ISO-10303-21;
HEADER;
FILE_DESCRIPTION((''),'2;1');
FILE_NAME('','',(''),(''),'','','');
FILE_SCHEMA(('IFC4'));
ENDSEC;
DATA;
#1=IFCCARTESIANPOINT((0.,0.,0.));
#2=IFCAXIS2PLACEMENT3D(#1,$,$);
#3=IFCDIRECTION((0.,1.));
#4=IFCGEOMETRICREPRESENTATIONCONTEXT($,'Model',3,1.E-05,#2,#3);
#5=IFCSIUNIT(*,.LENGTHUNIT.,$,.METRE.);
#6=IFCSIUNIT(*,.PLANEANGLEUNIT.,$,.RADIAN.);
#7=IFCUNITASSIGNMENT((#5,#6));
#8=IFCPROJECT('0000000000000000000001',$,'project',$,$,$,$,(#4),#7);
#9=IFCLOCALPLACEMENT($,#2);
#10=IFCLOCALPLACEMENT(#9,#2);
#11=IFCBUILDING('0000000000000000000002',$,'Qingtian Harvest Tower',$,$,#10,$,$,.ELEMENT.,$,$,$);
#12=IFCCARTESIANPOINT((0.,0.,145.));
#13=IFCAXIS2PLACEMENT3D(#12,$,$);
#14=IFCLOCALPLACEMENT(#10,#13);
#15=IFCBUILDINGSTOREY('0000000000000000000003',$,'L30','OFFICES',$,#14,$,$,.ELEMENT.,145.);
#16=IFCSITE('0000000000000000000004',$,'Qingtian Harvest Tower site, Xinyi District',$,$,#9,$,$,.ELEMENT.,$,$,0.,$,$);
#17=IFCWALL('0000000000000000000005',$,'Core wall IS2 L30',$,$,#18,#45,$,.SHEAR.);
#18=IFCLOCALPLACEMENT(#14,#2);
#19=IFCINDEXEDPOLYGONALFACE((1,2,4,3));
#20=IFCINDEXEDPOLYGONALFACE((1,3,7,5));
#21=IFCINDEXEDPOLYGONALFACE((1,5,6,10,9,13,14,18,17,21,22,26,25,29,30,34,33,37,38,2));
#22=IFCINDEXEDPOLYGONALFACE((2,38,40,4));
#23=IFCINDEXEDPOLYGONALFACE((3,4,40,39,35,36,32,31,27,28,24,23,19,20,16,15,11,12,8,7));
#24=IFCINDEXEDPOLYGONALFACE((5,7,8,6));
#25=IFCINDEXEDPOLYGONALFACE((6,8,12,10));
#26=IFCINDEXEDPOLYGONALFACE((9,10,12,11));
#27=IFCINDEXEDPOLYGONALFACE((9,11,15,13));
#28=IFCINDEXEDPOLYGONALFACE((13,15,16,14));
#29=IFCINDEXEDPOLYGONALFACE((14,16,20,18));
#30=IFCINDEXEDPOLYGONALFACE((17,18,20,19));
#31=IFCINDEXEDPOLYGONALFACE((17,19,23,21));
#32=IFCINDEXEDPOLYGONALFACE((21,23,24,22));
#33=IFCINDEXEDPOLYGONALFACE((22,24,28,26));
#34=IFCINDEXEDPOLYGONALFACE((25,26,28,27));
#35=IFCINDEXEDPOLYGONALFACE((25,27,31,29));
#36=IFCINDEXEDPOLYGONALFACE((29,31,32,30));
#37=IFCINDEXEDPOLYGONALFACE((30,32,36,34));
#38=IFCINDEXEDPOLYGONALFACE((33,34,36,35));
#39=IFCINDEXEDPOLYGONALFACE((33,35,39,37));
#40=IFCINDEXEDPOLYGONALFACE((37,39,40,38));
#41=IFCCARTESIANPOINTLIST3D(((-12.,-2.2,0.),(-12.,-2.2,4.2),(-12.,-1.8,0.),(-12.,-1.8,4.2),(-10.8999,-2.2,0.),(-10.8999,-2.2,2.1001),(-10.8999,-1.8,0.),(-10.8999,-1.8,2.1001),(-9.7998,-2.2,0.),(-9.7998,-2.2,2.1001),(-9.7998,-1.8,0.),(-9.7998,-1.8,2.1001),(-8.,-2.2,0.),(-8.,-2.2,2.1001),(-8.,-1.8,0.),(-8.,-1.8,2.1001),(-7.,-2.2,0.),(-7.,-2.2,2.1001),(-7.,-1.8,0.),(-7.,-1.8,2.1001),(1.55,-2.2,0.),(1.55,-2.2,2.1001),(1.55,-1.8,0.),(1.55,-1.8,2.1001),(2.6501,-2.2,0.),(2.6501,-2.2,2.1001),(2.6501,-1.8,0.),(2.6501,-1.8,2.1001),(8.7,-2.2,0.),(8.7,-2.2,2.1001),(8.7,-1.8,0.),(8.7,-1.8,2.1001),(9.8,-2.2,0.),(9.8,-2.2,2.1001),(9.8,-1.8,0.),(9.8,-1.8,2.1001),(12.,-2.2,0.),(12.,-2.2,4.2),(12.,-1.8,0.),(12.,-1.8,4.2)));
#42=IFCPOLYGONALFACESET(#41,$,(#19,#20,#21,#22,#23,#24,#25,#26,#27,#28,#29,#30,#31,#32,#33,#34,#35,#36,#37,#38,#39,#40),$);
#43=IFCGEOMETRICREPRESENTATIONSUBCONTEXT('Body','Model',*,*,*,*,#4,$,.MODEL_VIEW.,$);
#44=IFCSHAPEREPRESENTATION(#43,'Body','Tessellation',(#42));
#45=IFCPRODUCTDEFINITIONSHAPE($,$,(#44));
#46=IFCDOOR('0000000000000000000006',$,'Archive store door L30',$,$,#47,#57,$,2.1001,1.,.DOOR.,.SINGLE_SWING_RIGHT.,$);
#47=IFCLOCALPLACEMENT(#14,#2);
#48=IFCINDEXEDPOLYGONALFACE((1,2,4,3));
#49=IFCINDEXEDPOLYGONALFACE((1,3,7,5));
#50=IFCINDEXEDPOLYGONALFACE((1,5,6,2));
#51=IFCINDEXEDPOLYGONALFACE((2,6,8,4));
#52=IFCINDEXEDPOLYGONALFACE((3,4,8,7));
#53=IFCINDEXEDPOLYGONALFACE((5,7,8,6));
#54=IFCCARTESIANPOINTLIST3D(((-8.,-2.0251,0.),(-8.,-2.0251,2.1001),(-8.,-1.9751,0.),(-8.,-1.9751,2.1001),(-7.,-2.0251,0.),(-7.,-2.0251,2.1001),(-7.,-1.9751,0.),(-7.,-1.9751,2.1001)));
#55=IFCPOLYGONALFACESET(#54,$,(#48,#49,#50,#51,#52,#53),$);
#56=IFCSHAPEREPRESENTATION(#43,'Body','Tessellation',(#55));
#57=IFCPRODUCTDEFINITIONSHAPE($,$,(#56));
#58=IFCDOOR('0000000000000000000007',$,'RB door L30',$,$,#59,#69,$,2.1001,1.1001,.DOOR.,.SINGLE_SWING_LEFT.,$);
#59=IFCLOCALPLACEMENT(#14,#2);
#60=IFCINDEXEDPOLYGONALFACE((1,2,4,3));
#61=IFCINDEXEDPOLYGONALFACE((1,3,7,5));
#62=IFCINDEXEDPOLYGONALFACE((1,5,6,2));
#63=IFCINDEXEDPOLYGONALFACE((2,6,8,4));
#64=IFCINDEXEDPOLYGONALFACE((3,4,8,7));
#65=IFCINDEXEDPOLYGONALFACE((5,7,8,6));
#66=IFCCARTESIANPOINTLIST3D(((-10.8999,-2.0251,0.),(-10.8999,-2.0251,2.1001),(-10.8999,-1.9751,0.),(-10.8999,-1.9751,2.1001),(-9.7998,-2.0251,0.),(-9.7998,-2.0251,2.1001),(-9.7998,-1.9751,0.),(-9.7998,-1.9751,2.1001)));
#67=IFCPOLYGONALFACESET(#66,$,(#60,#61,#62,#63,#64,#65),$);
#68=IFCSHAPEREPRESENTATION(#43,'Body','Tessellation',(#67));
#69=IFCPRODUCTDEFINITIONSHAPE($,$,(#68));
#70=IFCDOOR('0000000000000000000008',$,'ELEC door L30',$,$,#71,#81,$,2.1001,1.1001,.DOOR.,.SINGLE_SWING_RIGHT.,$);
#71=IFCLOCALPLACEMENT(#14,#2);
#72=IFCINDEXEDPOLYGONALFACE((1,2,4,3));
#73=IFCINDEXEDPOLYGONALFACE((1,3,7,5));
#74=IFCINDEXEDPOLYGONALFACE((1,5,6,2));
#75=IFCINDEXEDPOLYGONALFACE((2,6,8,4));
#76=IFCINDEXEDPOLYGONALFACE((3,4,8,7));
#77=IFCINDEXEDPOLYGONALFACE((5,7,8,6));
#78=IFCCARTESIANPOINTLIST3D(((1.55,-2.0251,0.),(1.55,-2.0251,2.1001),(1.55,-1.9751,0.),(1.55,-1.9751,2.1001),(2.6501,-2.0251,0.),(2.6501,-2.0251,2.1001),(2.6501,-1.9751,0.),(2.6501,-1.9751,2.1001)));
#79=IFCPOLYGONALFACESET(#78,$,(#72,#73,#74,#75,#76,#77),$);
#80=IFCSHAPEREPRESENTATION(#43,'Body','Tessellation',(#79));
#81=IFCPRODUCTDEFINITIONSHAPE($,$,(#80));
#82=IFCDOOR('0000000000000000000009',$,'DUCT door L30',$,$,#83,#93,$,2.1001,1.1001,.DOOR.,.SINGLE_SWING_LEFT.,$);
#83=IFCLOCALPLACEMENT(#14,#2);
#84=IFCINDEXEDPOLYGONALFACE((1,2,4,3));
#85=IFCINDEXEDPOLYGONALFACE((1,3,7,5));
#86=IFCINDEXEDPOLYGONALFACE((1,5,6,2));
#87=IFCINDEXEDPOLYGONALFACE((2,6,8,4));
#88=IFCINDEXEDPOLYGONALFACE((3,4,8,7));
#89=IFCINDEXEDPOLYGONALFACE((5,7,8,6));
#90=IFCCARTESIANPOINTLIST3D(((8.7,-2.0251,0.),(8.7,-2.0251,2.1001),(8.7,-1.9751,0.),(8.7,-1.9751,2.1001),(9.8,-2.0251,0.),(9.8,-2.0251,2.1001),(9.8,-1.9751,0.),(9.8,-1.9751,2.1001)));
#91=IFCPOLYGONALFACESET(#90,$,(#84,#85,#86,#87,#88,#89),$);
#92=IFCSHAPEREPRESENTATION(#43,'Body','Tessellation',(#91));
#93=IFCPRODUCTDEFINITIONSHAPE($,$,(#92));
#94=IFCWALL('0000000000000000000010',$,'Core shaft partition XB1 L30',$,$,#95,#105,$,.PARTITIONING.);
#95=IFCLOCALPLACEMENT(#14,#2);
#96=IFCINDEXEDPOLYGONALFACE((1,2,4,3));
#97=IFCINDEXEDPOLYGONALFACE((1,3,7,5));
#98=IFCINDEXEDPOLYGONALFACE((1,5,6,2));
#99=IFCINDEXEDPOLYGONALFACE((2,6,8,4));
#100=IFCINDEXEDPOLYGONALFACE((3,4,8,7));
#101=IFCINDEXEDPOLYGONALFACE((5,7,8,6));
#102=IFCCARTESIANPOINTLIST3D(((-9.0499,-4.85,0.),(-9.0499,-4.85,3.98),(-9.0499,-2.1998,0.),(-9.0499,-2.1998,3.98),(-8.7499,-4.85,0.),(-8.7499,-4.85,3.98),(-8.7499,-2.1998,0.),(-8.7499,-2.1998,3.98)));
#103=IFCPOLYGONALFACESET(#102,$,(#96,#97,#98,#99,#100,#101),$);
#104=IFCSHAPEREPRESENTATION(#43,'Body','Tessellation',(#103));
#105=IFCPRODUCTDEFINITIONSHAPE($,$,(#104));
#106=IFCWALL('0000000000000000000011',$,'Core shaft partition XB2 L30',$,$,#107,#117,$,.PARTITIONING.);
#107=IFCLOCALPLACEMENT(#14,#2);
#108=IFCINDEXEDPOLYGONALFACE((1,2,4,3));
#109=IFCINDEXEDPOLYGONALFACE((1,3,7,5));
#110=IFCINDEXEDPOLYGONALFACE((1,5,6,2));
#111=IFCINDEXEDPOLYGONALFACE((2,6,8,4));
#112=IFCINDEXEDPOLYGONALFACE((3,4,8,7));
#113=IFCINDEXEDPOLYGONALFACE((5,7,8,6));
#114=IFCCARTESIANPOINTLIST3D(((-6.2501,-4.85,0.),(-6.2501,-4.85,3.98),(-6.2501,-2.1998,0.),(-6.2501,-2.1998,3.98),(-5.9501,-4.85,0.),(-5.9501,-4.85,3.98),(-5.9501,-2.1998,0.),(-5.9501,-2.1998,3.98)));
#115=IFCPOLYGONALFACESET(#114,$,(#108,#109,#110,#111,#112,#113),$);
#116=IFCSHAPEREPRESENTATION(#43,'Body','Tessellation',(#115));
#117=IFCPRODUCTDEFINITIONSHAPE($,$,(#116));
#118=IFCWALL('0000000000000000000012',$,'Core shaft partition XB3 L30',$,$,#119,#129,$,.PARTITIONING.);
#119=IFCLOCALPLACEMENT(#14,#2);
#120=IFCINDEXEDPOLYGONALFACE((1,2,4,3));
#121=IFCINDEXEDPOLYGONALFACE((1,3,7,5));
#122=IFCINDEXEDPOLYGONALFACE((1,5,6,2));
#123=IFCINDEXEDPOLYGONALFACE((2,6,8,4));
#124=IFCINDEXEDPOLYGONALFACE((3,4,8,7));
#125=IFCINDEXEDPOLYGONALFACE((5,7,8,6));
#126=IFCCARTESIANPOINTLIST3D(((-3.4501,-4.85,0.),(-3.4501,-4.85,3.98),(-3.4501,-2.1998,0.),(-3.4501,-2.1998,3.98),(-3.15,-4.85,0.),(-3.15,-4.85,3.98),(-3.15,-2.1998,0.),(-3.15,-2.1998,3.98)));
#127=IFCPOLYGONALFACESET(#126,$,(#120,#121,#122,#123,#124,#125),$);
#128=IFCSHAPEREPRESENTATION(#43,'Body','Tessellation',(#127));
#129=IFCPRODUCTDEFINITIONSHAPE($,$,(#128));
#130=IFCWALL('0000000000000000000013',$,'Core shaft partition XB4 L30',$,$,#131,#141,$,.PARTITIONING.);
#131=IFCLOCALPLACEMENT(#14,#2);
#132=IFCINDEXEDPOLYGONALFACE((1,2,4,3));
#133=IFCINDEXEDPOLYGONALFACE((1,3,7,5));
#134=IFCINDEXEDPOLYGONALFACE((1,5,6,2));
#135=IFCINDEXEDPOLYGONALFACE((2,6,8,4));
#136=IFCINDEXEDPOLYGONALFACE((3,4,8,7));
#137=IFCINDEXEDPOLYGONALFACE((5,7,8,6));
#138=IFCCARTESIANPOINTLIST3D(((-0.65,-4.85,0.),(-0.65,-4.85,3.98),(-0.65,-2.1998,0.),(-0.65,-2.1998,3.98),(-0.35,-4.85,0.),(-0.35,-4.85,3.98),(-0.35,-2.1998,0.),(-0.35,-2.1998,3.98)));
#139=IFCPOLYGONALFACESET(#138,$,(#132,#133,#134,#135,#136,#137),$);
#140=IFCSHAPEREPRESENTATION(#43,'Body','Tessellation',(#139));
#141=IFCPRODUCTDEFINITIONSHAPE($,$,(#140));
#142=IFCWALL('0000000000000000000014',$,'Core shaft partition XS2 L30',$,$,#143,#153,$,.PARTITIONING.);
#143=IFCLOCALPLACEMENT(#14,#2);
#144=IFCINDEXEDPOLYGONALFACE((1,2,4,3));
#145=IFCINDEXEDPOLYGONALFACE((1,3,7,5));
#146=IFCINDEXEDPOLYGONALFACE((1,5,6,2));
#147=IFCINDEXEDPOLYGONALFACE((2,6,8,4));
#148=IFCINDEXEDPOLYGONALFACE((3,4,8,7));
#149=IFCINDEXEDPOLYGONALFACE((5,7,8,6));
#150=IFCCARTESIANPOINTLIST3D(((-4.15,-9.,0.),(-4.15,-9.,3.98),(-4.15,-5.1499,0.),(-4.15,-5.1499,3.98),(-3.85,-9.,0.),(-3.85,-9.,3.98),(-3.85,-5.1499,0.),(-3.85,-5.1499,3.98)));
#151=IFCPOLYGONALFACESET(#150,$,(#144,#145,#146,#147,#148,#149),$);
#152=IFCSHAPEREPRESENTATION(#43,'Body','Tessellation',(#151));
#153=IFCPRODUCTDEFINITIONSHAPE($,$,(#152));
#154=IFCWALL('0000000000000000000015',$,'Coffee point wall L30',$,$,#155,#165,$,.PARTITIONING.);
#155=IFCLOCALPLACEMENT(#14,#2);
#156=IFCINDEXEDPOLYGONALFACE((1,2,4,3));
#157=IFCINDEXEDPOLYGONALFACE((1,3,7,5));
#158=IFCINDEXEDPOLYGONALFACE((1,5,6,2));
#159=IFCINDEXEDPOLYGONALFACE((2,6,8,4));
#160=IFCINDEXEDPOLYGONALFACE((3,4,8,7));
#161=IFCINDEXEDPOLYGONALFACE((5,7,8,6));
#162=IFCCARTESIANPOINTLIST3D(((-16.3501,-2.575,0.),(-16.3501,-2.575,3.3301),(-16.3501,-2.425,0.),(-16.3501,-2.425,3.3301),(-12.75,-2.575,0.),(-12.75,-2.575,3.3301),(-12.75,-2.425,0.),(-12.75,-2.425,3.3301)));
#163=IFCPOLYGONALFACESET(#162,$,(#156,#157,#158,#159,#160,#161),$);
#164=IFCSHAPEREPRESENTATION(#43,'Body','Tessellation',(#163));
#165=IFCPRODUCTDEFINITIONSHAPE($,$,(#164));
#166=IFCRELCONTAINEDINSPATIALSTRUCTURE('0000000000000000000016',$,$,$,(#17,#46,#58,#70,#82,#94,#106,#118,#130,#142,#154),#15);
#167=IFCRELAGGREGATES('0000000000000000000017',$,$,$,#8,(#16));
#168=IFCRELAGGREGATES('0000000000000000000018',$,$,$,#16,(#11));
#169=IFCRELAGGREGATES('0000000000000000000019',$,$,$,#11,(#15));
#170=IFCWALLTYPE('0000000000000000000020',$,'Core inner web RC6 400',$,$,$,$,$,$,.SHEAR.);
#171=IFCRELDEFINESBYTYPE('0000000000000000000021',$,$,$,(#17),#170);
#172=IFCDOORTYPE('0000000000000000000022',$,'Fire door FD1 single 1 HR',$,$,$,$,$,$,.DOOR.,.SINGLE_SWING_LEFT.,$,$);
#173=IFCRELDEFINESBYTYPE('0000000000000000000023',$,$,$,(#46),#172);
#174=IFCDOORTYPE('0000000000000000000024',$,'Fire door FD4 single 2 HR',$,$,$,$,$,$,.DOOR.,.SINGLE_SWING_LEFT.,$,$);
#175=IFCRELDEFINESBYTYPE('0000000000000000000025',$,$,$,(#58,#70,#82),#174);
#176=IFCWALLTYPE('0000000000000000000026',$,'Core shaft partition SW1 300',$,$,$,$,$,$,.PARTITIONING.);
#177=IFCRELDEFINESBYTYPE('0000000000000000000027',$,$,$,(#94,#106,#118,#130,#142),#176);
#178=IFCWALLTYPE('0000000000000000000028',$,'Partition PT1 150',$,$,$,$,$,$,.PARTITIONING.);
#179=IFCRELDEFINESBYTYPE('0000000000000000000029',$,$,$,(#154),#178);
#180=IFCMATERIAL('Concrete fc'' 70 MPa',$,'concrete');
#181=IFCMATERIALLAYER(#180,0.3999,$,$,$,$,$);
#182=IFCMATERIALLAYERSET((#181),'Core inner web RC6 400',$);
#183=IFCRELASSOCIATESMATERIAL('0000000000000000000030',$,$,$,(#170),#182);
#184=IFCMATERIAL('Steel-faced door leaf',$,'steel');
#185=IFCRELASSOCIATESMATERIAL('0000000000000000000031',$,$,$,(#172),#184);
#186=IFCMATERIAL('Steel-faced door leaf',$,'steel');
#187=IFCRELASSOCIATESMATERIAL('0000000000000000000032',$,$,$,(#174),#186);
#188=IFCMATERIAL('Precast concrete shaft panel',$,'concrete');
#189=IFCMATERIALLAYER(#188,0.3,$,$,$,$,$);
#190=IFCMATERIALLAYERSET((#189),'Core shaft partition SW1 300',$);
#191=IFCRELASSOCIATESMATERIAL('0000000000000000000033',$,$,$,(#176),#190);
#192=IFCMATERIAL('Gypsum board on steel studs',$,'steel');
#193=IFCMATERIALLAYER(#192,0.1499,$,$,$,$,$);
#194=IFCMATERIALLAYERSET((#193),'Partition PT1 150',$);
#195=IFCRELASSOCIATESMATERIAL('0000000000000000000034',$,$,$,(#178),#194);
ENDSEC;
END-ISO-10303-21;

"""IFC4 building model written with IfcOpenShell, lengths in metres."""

from ifc_helpers import new_model, si_unit, direction, frame, frame_2d, origin, place, context, subcontext, project, spatial, rectangle, extrude, material, layer, layer_set, type_object, element, fill, save


model = new_model("IFC4")

# Units and contexts
model_context = context("Model", 3, precision=1e-05, world=origin(), true_north=direction((0.0, 1.0)))
body_context = subcontext(model_context, "Body", "Model", "MODEL_VIEW")
ifc_project = project(units=[si_unit("LENGTHUNIT", "METRE"), si_unit("PLANEANGLEUNIT", "RADIAN")], contexts=[model_context])

# Site, building, storey
site_placement = place(None, origin())
site = spatial("IfcSite", under=ifc_project, at=site_placement, Name="Qingtian Harvest Tower site, Xinyi District", CompositionType="ELEMENT", RefElevation=0.0)
building_placement = place(site_placement, origin())
building = spatial("IfcBuilding", under=site, at=building_placement, Name="Qingtian Harvest Tower", CompositionType="ELEMENT")
storey_placement = place(building_placement, frame((0.0, 0.0, 145.0)))
storey = spatial("IfcBuildingStorey", under=building, at=storey_placement, Name="L30", Description="OFFICES", CompositionType="ELEMENT", Elevation=145.0)

# Wall, openings, doors
ifc_material_1 = material(Name="Concrete fc' 70 MPa", Category="concrete")
ifc_layer_1 = layer(ifc_material_1, 0.3999)
ifc_layer_set_1 = layer_set([ifc_layer_1], Name="Core inner web RC6 400")
wall_type_1 = type_object("IfcWallType", Name="Core inner web RC6 400", PredefinedType="SHEAR", material=ifc_layer_set_1)
wall_1_placement = place(storey_placement, frame((-12.0, -2.0, 0.0), z_axis=(0.0, 0.0, 1.0), x_axis=(1.0, 0.0, 0.0)))
wall_1 = element("IfcWall", 1, at=wall_1_placement, inside=storey, type_object=wall_type_1, Name="Core wall IS2 L30", PredefinedType="SHEAR", context=body_context, shape_type="SweptSolid", body=[
    extrude(rectangle(XDim=24.0, YDim=0.3999, at=frame_2d((12.0, 0.0))), origin(), (0.0, 0.0, 1.0), 4.2),
])
opening_1_placement = place(wall_1_placement, frame((1.1001, 0.0, 0.0)))
opening_1 = element("IfcOpeningElement", 2, at=opening_1_placement, cuts=wall_1, PredefinedType="OPENING", context=body_context, shape_type="SweptSolid", body=[
    extrude(rectangle(XDim=1.1001, YDim=2.1001, at=frame_2d((0.55, 1.05))), frame((0.0, 0.21, 0.0), z_axis=(0.0, -1.0, 0.0), x_axis=(1.0, 0.0, 0.0)), (0.0, 0.0, 1.0), 0.4199),
])
opening_2_placement = place(wall_1_placement, frame((13.55, 0.0, 0.0)))
opening_2 = element("IfcOpeningElement", 3, at=opening_2_placement, cuts=wall_1, PredefinedType="OPENING", context=body_context, shape_type="SweptSolid", body=[
    extrude(rectangle(XDim=1.1001, YDim=2.1001, at=frame_2d((0.55, 1.05))), frame((0.0, 0.21, 0.0), z_axis=(0.0, -1.0, 0.0), x_axis=(1.0, 0.0, 0.0)), (0.0, 0.0, 1.0), 0.4199),
])
opening_3_placement = place(wall_1_placement, frame((20.7, 0.0, 0.0)))
opening_3 = element("IfcOpeningElement", 4, at=opening_3_placement, cuts=wall_1, PredefinedType="OPENING", context=body_context, shape_type="SweptSolid", body=[
    extrude(rectangle(XDim=1.1001, YDim=2.1001, at=frame_2d((0.55, 1.05))), frame((0.0, 0.21, 0.0), z_axis=(0.0, -1.0, 0.0), x_axis=(1.0, 0.0, 0.0)), (0.0, 0.0, 1.0), 0.4199),
])
opening_4_placement = place(wall_1_placement, frame((4.0, 0.0, 0.0)))
opening_4 = element("IfcOpeningElement", 5, at=opening_4_placement, cuts=wall_1, PredefinedType="OPENING", context=body_context, shape_type="SweptSolid", body=[
    extrude(rectangle(XDim=1.0, YDim=2.1001, at=frame_2d((0.5, 1.05))), frame((0.0, 0.21, 0.0), z_axis=(0.0, -1.0, 0.0), x_axis=(1.0, 0.0, 0.0)), (0.0, 0.0, 1.0), 0.4199),
])
ifc_material_2 = material(Name="Steel-faced door leaf", Category="steel")
door_type_1 = type_object("IfcDoorType", Name="Fire door FD1 single 1 HR", OperationType="SINGLE_SWING_LEFT", PredefinedType="DOOR", material=ifc_material_2)
door_1_placement = place(opening_4_placement, origin())
door_1 = element("IfcDoor", 6, at=door_1_placement, inside=storey, type_object=door_type_1, Name="Archive store door L30", OperationType="SINGLE_SWING_RIGHT", OverallHeight=2.1001, OverallWidth=1.0, PredefinedType="DOOR", context=body_context, shape_type="SweptSolid", body=[
    extrude(rectangle(XDim=1.0, YDim=2.1001, at=frame_2d((0.5, 1.05))), frame((0.0, 0.0249, 0.0), z_axis=(0.0, -1.0, 0.0), x_axis=(1.0, 0.0, 0.0)), (0.0, 0.0, 1.0), 0.05),
])
fill(opening_4, door_1)
ifc_material_3 = material(Name="Steel-faced door leaf", Category="steel")
door_type_2 = type_object("IfcDoorType", Name="Fire door FD4 single 2 HR", OperationType="SINGLE_SWING_LEFT", PredefinedType="DOOR", material=ifc_material_3)
door_2_placement = place(opening_1_placement, origin())
door_2 = element("IfcDoor", 7, at=door_2_placement, inside=storey, type_object=door_type_2, Name="RB door L30", OperationType="SINGLE_SWING_LEFT", OverallHeight=2.1001, OverallWidth=1.1001, PredefinedType="DOOR", context=body_context, shape_type="SweptSolid", body=[
    extrude(rectangle(XDim=1.1001, YDim=2.1001, at=frame_2d((0.55, 1.05))), frame((0.0, 0.0249, 0.0), z_axis=(0.0, -1.0, 0.0), x_axis=(1.0, 0.0, 0.0)), (0.0, 0.0, 1.0), 0.05),
])
fill(opening_1, door_2)
door_3_placement = place(opening_2_placement, origin())
door_3 = element("IfcDoor", 8, at=door_3_placement, inside=storey, type_object=door_type_2, Name="ELEC door L30", OperationType="SINGLE_SWING_RIGHT", OverallHeight=2.1001, OverallWidth=1.1001, PredefinedType="DOOR", context=body_context, shape_type="SweptSolid", body=[
    extrude(rectangle(XDim=1.1001, YDim=2.1001, at=frame_2d((0.55, 1.05))), frame((0.0, 0.0249, 0.0), z_axis=(0.0, -1.0, 0.0), x_axis=(1.0, 0.0, 0.0)), (0.0, 0.0, 1.0), 0.05),
])
fill(opening_2, door_3)
door_4_placement = place(opening_3_placement, origin())
door_4 = element("IfcDoor", 9, at=door_4_placement, inside=storey, type_object=door_type_2, Name="DUCT door L30", OperationType="SINGLE_SWING_LEFT", OverallHeight=2.1001, OverallWidth=1.1001, PredefinedType="DOOR", context=body_context, shape_type="SweptSolid", body=[
    extrude(rectangle(XDim=1.1001, YDim=2.1001, at=frame_2d((0.55, 1.05))), frame((0.0, 0.0249, 0.0), z_axis=(0.0, -1.0, 0.0), x_axis=(1.0, 0.0, 0.0)), (0.0, 0.0, 1.0), 0.05),
])
fill(opening_3, door_4)

# Walls
ifc_material_4 = material(Name="Precast concrete shaft panel", Category="concrete")
ifc_layer_2 = layer(ifc_material_4, 0.3)
ifc_layer_set_2 = layer_set([ifc_layer_2], Name="Core shaft partition SW1 300")
wall_type_2 = type_object("IfcWallType", Name="Core shaft partition SW1 300", PredefinedType="PARTITIONING", material=ifc_layer_set_2)
for number, where, z_axis, x_axis, name in (
    (10, (-8.8999, -4.8501, 0.0), (0.0, 0.0, 1.0), (0.0, 1.0, 0.0), "Core shaft partition XB1 L30"),
    (11, (-6.1001, -4.8501, 0.0), (0.0, 0.0, 1.0), (0.0, 1.0, 0.0), "Core shaft partition XB2 L30"),
    (12, (-3.3, -4.8501, 0.0), (0.0, 0.0, 1.0), (0.0, 1.0, 0.0), "Core shaft partition XB3 L30"),
    (13, (-0.5, -4.8501, 0.0), (0.0, 0.0, 1.0), (0.0, 1.0, 0.0), "Core shaft partition XB4 L30"),
):
    element("IfcWall", number, at=place(storey_placement, frame(where, z_axis=z_axis, x_axis=x_axis)), inside=storey, type_object=wall_type_2, Name=name, PredefinedType="PARTITIONING", context=body_context, shape_type="SweptSolid", body=[
        extrude(rectangle(XDim=2.6501, YDim=0.3, at=frame_2d((1.3252, 0.0))), origin(), (0.0, 0.0, 1.0), 3.98),
    ])
wall_2_placement = place(storey_placement, frame((-4.0, -9.0, 0.0), z_axis=(0.0, 0.0, 1.0), x_axis=(0.0, 1.0, 0.0)))
element("IfcWall", 14, at=wall_2_placement, inside=storey, type_object=wall_type_2, Name="Core shaft partition XS2 L30", PredefinedType="PARTITIONING", context=body_context, shape_type="SweptSolid", body=[
    extrude(rectangle(XDim=3.8501, YDim=0.3, at=frame_2d((1.925, 0.0))), origin(), (0.0, 0.0, 1.0), 3.98),
])

# Wall
ifc_material_5 = material(Name="Gypsum board on steel studs", Category="steel")
ifc_layer_3 = layer(ifc_material_5, 0.1499)
ifc_layer_set_3 = layer_set([ifc_layer_3], Name="Partition PT1 150")
wall_type_3 = type_object("IfcWallType", Name="Partition PT1 150", PredefinedType="PARTITIONING", material=ifc_layer_set_3)
wall_3_placement = place(storey_placement, frame((-12.75, -2.5, 0.0), z_axis=(0.0, 0.0, 1.0), x_axis=(-1.0, 0.0, 0.0)))
element("IfcWall", 15, at=wall_3_placement, inside=storey, type_object=wall_type_3, Name="Coffee point wall L30", PredefinedType="PARTITIONING", context=body_context, shape_type="SweptSolid", body=[
    extrude(rectangle(XDim=3.6001, YDim=0.1499, at=frame_2d((1.8, 0.0))), origin(), (0.0, 0.0, 1.0), 3.3301),
])

save(model, "model.ifc")
